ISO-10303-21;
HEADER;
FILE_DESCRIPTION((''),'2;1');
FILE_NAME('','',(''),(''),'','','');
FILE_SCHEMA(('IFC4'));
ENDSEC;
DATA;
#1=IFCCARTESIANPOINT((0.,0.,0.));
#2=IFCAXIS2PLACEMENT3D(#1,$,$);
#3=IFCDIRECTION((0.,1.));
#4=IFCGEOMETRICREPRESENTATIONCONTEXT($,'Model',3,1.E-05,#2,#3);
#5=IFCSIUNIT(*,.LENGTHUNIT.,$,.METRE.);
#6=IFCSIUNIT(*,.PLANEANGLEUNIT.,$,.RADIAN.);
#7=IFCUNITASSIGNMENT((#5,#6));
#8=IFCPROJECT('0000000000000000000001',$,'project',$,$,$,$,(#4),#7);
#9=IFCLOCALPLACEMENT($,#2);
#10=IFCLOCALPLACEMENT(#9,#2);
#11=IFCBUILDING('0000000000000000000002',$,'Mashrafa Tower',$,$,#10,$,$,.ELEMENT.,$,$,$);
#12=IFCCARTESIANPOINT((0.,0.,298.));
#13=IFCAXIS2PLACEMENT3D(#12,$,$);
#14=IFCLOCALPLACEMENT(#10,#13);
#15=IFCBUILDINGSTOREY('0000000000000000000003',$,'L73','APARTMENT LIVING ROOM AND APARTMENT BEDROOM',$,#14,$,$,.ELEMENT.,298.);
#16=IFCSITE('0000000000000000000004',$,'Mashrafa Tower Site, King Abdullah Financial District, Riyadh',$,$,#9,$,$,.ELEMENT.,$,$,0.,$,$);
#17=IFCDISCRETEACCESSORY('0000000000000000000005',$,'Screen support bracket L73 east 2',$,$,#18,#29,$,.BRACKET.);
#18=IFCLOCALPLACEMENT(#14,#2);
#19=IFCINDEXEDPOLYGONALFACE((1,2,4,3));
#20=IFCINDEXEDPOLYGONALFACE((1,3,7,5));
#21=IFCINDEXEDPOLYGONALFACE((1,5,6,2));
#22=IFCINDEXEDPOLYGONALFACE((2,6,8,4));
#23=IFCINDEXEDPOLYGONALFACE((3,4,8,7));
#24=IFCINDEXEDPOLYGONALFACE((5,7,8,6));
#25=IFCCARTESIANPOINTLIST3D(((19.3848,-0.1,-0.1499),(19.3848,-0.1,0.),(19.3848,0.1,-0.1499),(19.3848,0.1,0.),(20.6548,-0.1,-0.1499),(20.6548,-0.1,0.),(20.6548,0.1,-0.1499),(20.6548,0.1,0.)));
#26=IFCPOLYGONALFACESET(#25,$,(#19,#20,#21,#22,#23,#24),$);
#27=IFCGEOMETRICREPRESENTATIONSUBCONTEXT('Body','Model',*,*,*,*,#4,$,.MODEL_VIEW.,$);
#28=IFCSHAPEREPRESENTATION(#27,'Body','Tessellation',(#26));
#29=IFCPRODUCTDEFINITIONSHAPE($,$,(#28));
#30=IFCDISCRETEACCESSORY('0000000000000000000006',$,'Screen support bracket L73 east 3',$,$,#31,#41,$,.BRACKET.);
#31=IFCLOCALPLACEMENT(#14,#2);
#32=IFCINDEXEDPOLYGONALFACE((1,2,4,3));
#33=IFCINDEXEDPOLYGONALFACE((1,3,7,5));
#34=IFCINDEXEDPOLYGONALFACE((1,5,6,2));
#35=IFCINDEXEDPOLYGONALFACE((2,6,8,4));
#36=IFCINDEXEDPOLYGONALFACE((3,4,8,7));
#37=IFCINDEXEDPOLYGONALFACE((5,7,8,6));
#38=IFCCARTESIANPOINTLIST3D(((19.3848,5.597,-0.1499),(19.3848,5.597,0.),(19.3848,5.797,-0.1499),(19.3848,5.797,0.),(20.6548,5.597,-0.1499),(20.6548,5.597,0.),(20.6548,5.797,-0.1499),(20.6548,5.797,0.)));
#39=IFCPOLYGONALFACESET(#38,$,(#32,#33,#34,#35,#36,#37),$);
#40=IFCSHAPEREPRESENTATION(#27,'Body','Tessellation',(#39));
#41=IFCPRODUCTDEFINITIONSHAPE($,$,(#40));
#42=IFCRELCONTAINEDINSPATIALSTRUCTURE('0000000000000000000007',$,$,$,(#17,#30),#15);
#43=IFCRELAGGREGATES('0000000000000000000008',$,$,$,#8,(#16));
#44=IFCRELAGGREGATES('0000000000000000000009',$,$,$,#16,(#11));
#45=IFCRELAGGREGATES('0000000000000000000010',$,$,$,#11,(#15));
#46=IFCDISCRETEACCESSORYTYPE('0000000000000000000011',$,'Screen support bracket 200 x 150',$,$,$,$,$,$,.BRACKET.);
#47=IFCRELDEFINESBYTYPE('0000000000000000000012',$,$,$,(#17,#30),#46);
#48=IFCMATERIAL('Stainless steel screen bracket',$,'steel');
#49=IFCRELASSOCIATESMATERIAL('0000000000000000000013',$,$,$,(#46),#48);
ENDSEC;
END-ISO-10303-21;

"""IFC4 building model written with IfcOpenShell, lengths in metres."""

from ifc_helpers import new_model, si_unit, direction, frame, origin, origin_2d, place, context, subcontext, project, spatial, rectangle, extrude, source, transform, mapped, material, type_object, type_shapes, element, save


model = new_model("IFC4")

# Units and contexts
model_context = context("Model", 3, precision=1e-05, world=origin(), true_north=direction((0.0, 1.0)))
body_context = subcontext(model_context, "Body", "Model", "MODEL_VIEW")
ifc_project = project(units=[si_unit("LENGTHUNIT", "METRE"), si_unit("PLANEANGLEUNIT", "RADIAN")], contexts=[model_context])

# Site, building, storey
site_placement = place(None, origin())
site = spatial("IfcSite", under=ifc_project, at=site_placement, Name="Mashrafa Tower Site, King Abdullah Financial District, Riyadh", CompositionType="ELEMENT", RefElevation=0.0)
building_placement = place(site_placement, origin())
building = spatial("IfcBuilding", under=site, at=building_placement, Name="Mashrafa Tower", CompositionType="ELEMENT")
storey_placement = place(building_placement, frame((0.0, 0.0, 298.0)))
storey = spatial("IfcBuildingStorey", under=building, at=storey_placement, Name="L73", Description="APARTMENT LIVING ROOM AND APARTMENT BEDROOM", CompositionType="ELEMENT", Elevation=298.0)

# Discrete accessories
ifc_material_1 = material(Name="Stainless steel screen bracket", Category="steel")
discrete_accessory_type = type_object("IfcDiscreteAccessoryType", Name="Screen support bracket 200 x 150", PredefinedType="BRACKET", material=ifc_material_1)
shared_shape_1 = source(origin(), body_context, "Body", "SweptSolid", [
    extrude(rectangle(XDim=0.2, YDim=1.27, at=origin_2d()), origin(), (0.0, 0.0, 1.0), 0.1499),
])
type_shapes(discrete_accessory_type, [shared_shape_1])
for number, where, z_axis, x_axis, name in (
    (1, (20.0198, 0.0, -0.1499), (0.0, 0.0, 1.0), (0.0, 1.0, 0.0), "Screen support bracket L73 east 2"),
    (2, (20.0198, 5.697, -0.1499), (0.0, 0.0, 1.0), (0.0, 1.0, 0.0), "Screen support bracket L73 east 3"),
):
    element("IfcDiscreteAccessory", number, at=place(storey_placement, frame(where, z_axis=z_axis, x_axis=x_axis)), inside=storey, type_object=discrete_accessory_type, Name=name, PredefinedType="BRACKET", context=body_context, shape_type="MappedRepresentation", body=[
        mapped(shared_shape_1, transform((0.0, 0.0, 0.0))),
    ])

save(model, "model.ifc")
